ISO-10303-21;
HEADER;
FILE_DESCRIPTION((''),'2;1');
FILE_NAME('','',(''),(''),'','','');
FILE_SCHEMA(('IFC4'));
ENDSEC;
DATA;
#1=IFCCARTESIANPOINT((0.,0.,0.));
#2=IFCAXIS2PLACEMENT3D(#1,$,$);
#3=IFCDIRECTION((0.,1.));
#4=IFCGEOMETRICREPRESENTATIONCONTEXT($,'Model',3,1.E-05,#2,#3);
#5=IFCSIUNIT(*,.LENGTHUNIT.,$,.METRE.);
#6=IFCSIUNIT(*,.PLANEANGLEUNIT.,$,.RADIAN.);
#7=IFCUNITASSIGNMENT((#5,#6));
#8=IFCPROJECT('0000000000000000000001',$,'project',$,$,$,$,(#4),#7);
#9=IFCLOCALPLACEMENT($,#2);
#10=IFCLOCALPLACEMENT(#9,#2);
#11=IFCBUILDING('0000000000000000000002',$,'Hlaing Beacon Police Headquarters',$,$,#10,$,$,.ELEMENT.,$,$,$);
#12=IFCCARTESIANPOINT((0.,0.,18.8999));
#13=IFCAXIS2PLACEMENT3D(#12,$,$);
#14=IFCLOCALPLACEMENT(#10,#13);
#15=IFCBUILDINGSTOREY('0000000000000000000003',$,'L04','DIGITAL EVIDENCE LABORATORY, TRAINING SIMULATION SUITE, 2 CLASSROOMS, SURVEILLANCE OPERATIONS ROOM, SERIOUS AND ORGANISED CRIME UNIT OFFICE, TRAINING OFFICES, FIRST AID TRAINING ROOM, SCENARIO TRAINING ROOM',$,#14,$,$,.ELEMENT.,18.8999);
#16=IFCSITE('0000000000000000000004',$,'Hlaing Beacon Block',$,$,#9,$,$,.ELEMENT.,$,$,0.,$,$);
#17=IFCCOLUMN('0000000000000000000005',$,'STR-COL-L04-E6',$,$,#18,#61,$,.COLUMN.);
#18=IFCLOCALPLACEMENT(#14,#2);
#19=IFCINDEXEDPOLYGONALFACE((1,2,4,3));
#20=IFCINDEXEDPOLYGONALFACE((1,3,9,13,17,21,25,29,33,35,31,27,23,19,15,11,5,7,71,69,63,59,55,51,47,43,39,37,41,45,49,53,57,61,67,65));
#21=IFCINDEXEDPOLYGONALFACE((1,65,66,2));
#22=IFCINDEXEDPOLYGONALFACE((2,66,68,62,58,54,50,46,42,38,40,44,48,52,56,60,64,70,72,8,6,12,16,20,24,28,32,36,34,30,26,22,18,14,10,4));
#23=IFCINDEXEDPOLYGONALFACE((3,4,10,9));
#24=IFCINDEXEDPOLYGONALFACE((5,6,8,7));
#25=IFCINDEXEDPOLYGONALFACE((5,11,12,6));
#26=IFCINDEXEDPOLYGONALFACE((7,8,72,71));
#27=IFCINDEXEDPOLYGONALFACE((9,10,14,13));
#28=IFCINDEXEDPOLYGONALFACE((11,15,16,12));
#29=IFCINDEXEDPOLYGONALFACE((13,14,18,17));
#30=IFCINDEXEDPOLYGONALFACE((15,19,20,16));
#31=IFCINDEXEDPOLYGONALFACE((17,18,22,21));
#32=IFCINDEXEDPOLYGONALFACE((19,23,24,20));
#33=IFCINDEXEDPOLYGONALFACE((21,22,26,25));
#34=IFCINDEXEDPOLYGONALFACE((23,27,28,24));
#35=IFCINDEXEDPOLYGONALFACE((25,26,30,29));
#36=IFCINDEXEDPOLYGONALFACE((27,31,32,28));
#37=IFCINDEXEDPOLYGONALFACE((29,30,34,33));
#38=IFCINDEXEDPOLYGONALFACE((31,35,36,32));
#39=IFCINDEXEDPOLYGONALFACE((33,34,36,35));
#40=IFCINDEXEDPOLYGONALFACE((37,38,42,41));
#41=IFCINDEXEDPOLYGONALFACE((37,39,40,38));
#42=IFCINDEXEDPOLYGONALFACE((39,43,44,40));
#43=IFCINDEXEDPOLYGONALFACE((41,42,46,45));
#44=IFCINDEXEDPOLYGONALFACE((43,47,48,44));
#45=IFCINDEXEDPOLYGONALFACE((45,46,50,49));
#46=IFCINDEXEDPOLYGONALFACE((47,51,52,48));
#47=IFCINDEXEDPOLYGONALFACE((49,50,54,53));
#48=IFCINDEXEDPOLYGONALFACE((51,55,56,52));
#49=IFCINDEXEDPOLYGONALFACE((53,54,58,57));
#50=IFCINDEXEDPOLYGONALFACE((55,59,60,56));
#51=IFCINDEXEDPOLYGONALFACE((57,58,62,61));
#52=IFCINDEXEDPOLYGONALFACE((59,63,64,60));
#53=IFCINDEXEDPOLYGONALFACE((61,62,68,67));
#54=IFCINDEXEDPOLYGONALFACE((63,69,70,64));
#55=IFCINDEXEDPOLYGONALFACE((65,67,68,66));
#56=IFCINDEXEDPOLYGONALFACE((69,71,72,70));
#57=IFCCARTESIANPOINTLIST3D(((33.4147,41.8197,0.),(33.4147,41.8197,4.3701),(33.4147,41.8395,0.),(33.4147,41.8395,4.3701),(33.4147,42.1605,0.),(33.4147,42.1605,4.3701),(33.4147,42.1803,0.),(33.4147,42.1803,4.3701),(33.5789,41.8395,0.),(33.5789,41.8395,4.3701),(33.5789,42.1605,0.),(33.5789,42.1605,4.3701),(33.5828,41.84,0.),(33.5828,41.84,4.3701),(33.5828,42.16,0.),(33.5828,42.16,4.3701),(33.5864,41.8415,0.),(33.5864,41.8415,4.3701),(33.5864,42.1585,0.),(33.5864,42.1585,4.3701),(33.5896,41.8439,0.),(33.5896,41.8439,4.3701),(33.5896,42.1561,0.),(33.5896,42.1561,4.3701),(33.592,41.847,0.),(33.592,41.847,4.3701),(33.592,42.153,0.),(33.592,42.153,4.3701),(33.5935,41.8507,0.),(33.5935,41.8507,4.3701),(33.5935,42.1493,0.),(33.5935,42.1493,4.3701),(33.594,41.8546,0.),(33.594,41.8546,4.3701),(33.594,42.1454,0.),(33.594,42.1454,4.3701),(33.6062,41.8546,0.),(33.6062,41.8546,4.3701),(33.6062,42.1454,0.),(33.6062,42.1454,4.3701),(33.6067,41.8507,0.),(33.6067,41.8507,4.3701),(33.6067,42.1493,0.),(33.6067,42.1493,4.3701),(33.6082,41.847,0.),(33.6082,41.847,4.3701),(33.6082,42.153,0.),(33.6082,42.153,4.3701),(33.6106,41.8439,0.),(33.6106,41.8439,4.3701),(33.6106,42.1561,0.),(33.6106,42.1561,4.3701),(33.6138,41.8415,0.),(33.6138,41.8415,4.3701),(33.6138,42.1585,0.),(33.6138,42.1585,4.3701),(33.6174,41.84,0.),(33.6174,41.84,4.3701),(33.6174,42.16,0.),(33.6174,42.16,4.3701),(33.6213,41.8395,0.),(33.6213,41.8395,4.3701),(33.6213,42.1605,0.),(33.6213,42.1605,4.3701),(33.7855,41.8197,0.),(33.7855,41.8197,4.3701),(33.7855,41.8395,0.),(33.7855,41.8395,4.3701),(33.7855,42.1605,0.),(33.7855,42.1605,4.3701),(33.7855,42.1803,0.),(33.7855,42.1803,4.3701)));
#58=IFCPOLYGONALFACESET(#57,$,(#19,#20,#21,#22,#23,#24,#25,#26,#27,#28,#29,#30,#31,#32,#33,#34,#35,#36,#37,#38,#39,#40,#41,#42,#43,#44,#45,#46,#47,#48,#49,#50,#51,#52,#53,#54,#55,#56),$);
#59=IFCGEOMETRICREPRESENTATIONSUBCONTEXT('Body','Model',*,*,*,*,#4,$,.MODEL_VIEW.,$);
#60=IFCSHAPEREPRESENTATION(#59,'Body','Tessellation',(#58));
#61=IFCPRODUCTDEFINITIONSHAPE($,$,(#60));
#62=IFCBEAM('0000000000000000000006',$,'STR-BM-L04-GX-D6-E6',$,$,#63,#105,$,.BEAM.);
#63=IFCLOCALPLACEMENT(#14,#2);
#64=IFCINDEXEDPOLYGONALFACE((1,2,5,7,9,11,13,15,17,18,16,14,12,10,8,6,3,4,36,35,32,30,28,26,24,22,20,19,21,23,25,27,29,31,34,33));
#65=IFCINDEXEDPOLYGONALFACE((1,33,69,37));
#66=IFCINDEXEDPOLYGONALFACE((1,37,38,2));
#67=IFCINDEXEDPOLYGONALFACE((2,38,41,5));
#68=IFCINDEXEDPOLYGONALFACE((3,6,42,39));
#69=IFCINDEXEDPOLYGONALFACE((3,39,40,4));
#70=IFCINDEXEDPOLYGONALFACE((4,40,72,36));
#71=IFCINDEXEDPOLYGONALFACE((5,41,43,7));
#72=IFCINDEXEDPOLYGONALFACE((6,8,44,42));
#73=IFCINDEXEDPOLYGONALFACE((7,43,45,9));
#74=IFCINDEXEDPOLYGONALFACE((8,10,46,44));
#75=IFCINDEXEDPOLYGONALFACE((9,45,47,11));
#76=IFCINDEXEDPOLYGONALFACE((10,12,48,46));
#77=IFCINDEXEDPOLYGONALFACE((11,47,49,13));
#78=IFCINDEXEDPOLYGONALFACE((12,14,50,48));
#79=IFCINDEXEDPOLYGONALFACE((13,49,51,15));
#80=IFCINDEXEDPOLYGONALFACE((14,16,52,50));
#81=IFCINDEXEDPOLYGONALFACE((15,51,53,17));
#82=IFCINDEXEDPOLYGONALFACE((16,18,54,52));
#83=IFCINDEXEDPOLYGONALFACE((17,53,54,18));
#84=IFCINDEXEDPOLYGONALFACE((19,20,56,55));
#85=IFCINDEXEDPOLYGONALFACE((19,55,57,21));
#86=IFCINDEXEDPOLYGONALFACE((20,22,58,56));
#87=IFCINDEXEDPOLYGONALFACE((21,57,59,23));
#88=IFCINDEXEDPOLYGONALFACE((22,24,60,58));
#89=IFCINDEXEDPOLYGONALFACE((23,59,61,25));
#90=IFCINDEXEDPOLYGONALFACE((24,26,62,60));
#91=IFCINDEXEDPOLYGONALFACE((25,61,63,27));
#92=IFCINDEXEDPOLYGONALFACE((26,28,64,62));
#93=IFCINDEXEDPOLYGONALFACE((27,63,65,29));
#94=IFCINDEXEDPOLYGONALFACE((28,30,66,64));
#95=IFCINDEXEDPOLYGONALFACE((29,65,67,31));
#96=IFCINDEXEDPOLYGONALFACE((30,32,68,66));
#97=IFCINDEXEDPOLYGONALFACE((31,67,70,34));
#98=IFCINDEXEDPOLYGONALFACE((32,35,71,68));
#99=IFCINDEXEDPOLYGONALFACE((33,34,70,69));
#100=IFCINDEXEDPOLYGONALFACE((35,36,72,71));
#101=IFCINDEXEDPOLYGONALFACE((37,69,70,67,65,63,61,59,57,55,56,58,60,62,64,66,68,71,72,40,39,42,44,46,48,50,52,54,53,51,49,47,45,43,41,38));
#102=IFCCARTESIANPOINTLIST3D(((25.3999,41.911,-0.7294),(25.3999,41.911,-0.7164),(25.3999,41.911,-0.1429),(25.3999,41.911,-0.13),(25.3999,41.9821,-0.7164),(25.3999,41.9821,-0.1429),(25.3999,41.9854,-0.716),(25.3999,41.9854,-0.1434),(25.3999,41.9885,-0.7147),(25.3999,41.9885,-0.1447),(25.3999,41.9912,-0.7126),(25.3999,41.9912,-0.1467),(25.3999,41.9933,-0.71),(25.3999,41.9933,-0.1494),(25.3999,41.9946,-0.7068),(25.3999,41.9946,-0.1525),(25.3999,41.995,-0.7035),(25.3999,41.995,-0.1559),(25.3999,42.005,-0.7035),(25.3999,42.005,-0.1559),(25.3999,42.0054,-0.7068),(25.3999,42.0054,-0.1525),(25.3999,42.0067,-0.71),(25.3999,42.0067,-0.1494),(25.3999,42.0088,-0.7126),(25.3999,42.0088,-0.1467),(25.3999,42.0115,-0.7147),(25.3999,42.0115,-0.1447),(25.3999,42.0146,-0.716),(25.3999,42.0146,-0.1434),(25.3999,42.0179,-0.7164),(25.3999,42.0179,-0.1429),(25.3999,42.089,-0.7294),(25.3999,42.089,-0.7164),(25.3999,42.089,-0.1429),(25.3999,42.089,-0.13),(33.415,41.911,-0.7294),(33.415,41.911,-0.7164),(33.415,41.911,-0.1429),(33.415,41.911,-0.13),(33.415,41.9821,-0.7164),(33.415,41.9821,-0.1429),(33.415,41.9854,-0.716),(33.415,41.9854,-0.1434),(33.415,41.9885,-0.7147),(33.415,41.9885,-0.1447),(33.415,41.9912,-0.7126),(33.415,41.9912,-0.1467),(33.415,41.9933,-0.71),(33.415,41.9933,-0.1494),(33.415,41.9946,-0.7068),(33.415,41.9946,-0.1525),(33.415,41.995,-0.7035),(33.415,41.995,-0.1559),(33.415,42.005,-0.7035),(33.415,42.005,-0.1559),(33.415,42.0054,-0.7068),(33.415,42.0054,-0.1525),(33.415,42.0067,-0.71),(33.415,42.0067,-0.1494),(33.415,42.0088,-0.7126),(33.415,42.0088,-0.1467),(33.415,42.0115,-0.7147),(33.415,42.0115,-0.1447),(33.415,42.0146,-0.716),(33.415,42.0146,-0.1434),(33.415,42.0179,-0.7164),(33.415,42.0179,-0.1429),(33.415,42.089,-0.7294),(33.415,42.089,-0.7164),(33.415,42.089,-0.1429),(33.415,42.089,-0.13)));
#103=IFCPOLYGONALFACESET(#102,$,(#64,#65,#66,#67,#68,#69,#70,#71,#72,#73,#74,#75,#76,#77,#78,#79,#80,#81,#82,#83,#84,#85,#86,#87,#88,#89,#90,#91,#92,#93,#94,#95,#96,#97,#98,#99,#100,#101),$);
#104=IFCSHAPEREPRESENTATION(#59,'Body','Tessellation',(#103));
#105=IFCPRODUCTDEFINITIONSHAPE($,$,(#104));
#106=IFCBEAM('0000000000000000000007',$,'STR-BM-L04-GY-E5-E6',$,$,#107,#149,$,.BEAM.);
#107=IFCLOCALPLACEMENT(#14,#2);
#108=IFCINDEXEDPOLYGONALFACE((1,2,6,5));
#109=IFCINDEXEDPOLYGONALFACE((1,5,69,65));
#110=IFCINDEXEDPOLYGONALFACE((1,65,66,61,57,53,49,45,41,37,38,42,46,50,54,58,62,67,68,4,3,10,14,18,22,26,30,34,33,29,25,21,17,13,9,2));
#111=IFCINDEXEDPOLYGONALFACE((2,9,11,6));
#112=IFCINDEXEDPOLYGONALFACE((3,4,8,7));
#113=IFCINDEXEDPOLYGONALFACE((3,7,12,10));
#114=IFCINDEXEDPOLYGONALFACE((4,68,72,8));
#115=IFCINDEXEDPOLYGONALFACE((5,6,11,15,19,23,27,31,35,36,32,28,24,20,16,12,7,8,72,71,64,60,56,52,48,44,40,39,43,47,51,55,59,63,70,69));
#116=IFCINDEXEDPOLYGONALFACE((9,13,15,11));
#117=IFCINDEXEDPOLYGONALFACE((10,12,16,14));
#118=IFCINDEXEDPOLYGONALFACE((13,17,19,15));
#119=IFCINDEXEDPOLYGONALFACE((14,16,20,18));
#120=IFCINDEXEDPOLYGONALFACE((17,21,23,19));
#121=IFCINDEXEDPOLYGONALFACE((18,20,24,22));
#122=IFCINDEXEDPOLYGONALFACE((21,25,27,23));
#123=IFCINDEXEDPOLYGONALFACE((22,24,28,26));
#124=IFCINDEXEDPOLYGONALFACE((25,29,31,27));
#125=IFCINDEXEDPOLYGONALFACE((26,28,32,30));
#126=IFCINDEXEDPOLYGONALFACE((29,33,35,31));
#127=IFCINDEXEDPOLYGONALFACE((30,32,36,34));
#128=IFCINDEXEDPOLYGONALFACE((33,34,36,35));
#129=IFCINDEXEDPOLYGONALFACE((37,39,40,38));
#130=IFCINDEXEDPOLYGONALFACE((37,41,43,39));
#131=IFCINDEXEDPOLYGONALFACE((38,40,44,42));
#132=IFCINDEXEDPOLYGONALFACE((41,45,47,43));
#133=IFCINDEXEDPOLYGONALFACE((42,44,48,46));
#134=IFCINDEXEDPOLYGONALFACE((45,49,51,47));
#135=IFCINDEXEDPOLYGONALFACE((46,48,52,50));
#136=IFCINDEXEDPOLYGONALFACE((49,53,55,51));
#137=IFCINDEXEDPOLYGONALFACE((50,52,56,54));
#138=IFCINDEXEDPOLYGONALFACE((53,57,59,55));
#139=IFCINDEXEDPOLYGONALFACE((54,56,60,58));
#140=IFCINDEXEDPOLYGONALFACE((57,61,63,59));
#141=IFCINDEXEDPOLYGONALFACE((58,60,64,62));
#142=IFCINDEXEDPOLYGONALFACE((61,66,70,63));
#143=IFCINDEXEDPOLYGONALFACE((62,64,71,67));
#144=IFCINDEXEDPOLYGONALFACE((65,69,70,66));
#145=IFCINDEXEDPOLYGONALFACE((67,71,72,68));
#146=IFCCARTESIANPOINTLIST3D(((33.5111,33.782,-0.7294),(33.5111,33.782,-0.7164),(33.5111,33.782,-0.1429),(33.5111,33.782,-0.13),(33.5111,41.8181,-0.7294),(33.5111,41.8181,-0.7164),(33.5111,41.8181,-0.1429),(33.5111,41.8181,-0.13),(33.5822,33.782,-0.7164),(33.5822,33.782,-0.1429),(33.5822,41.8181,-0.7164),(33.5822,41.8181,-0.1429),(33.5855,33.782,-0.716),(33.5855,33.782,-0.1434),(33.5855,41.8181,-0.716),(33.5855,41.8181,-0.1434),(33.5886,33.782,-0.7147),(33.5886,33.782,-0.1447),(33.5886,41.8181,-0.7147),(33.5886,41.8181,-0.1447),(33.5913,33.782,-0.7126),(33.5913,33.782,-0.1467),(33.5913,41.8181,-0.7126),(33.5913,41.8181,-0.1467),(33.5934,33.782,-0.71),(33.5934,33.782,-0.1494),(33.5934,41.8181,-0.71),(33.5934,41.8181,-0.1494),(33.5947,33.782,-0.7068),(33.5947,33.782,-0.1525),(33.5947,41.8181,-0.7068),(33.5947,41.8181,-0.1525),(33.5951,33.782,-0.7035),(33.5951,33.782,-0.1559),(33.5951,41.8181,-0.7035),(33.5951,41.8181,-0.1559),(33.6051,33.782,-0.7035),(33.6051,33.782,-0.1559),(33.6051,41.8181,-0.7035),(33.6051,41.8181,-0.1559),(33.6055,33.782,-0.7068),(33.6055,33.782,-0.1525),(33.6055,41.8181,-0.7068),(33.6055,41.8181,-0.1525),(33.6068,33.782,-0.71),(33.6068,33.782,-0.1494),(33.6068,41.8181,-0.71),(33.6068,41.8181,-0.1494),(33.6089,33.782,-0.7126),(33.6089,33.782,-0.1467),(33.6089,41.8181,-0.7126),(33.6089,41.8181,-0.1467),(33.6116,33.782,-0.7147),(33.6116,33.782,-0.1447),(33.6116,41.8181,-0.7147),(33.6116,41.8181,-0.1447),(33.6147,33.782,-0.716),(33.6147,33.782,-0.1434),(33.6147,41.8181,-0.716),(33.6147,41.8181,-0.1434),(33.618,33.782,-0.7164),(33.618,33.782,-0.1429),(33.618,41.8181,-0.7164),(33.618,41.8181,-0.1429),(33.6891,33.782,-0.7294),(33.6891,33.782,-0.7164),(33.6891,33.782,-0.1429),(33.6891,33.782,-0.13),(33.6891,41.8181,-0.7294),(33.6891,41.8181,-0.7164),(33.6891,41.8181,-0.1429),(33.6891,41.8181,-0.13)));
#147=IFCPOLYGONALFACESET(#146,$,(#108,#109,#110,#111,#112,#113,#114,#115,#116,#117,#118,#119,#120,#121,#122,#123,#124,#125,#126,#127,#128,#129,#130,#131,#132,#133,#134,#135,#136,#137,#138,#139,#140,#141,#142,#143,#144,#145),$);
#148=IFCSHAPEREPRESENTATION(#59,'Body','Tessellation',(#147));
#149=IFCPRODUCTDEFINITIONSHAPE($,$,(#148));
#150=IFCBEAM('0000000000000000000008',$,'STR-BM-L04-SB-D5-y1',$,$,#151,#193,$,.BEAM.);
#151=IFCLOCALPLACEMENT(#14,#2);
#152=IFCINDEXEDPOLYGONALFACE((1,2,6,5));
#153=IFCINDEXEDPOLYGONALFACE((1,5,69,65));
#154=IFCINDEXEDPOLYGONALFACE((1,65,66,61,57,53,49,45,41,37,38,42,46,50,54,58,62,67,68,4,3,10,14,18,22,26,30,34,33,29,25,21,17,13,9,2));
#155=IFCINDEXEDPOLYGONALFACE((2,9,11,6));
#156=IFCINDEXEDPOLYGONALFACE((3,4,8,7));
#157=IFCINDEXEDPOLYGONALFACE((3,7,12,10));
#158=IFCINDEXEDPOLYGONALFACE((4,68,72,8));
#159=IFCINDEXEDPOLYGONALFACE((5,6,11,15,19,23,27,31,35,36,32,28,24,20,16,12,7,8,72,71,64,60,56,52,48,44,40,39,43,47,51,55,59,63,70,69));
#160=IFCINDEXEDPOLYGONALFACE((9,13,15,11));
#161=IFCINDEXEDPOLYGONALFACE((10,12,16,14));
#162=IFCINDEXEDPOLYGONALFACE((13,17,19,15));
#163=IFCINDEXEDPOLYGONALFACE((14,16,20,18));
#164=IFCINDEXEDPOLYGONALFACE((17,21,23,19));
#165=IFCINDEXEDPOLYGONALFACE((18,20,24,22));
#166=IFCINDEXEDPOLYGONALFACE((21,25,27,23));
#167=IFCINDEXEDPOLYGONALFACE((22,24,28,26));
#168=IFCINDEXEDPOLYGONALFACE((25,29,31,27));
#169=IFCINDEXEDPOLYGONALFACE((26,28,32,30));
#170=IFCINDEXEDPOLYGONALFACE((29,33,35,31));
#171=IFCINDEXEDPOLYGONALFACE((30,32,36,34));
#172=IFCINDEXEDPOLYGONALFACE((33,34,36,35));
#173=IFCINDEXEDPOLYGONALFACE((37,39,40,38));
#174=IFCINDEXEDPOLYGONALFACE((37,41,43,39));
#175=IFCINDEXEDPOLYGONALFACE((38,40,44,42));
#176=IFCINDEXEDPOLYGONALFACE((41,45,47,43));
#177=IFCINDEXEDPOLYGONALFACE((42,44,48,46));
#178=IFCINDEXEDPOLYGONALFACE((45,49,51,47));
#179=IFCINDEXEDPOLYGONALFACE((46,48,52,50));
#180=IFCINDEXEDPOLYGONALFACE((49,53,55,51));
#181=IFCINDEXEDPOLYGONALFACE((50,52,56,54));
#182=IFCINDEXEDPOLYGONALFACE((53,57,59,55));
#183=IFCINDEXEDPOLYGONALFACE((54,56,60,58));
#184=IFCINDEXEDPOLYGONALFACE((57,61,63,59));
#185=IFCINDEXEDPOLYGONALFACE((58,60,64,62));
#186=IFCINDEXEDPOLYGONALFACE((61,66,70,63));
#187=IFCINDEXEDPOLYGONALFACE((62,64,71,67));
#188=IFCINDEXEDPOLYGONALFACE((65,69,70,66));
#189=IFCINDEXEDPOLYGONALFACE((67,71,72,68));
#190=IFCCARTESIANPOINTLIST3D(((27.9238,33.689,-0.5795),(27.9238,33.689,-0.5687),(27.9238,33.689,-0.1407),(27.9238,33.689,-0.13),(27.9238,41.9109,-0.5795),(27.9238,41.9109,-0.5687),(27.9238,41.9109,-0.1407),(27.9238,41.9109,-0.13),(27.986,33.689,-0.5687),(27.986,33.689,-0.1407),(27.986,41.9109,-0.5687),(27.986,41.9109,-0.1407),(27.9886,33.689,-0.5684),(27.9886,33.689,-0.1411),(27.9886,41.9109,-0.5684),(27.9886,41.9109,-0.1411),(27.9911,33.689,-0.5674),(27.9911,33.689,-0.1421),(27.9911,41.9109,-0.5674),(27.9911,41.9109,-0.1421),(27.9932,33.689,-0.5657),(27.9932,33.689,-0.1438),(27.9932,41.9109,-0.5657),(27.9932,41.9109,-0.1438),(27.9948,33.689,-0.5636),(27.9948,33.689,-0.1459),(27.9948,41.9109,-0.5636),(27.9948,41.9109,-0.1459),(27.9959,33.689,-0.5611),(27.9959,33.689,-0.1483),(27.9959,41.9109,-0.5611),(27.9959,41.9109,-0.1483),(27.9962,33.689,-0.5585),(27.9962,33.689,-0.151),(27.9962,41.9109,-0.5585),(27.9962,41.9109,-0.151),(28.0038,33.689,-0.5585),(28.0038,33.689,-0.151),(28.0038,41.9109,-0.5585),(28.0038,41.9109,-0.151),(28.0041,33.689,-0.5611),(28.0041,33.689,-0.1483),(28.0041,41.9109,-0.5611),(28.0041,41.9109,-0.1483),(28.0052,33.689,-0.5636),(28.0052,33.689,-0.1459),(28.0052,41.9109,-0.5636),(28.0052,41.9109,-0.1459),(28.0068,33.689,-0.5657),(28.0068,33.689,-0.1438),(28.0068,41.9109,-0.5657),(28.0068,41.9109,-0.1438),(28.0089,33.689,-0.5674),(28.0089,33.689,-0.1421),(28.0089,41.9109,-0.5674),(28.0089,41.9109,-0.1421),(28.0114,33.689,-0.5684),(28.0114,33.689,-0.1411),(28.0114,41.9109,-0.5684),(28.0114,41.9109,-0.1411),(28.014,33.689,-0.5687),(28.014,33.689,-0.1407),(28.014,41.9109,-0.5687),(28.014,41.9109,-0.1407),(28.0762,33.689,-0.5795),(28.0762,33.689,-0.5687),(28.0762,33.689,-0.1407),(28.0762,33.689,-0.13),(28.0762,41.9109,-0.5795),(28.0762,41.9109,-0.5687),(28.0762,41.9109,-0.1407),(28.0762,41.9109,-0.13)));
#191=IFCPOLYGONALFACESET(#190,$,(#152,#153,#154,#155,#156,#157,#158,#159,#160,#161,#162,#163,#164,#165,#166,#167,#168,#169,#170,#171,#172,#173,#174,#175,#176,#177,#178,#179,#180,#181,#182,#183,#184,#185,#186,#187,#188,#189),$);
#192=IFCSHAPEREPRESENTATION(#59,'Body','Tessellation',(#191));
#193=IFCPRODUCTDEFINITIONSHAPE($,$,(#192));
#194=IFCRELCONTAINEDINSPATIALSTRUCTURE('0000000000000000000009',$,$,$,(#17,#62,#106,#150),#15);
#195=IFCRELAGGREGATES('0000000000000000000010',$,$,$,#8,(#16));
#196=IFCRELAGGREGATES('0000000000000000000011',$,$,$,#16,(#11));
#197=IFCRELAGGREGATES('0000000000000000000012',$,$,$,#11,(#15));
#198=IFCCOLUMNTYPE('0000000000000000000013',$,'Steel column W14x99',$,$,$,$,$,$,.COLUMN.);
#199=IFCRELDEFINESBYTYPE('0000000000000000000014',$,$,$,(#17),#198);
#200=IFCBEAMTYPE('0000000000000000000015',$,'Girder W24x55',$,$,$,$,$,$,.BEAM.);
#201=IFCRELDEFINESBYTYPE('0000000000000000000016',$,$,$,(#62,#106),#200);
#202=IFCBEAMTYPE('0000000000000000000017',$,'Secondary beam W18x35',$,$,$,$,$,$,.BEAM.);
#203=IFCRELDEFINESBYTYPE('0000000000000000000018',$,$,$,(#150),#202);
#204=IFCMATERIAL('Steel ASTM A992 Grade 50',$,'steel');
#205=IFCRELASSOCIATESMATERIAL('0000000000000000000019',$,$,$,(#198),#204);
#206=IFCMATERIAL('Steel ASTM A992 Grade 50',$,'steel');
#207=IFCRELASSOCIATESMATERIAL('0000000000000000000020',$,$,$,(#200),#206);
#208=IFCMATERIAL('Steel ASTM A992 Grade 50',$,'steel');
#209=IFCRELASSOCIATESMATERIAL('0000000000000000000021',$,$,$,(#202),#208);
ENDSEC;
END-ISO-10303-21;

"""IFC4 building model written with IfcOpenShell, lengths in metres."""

from ifc_helpers import new_model, si_unit, direction, frame, origin, origin_2d, place, context, subcontext, project, spatial, i_section, extrude, material, material_profile, profile_set, type_object, element, save


model = new_model("IFC4")

# Units and contexts
model_context = context("Model", 3, precision=1e-05, world=origin(), true_north=direction((0.0, 1.0)))
body_context = subcontext(model_context, "Body", "Model", "MODEL_VIEW")
ifc_project = project(units=[si_unit("LENGTHUNIT", "METRE"), si_unit("PLANEANGLEUNIT", "RADIAN")], contexts=[model_context])

# Site, building, storey
site_placement = place(None, origin())
site = spatial("IfcSite", under=ifc_project, at=site_placement, Name="Hlaing Beacon Block", CompositionType="ELEMENT", RefElevation=0.0)
building_placement = place(site_placement, origin())
building = spatial("IfcBuilding", under=site, at=building_placement, Name="Hlaing Beacon Police Headquarters", CompositionType="ELEMENT")
storey_placement = place(building_placement, frame((0.0, 0.0, 18.8999)))
storey = spatial("IfcBuildingStorey", under=building, at=storey_placement, Name="L04", Description="DIGITAL EVIDENCE LABORATORY, TRAINING SIMULATION SUITE, 2 CLASSROOMS, SURVEILLANCE OPERATIONS ROOM, SERIOUS AND ORGANISED CRIME UNIT OFFICE, TRAINING OFFICES, FIRST AID TRAINING ROOM, SCENARIO TRAINING ROOM", CompositionType="ELEMENT", Elevation=18.8999)

# Column
ifc_material_1 = material(Name="Steel ASTM A992 Grade 50", Category="steel")
ifc_material_profile_1 = material_profile(ifc_material_1, i_section(OverallWidth=0.3708, OverallDepth=0.3606, WebThickness=0.0122, FlangeThickness=0.0198, FilletRadius=0.0151, at=origin_2d()), Name="W14x99")
ifc_profile_set_1 = profile_set([ifc_material_profile_1], Name="Steel ASTM A992 Grade 50")
column_type = type_object("IfcColumnType", Name="Steel column W14x99", PredefinedType="COLUMN", material=ifc_profile_set_1)
column_placement = place(storey_placement, frame((33.6001, 42.0, 0.0), z_axis=(0.0, 0.0, 1.0), x_axis=(1.0, 0.0, 0.0)))
element("IfcColumn", 1, at=column_placement, inside=storey, type_object=column_type, Name="STR-COL-L04-E6", PredefinedType="COLUMN", context=body_context, shape_type="SweptSolid", body=[
    extrude(i_section(OverallWidth=0.3708, OverallDepth=0.3606, WebThickness=0.0122, FlangeThickness=0.0198, FilletRadius=0.0151, at=origin_2d()), origin(), (0.0, 0.0, 1.0), 4.3701),
])

# Beams
ifc_material_2 = material(Name="Steel ASTM A992 Grade 50", Category="steel")
ifc_material_profile_2 = material_profile(ifc_material_2, i_section(OverallWidth=0.178, OverallDepth=0.5994, WebThickness=0.01, FlangeThickness=0.0129, FilletRadius=0.0129, at=origin_2d()), Name="W24x55")
ifc_profile_set_2 = profile_set([ifc_material_profile_2], Name="Steel ASTM A992 Grade 50")
beam_type_1 = type_object("IfcBeamType", Name="Girder W24x55", PredefinedType="BEAM", material=ifc_profile_set_2)
beam_1_placement = place(storey_placement, frame((25.3999, 42.0, -0.4297), z_axis=(1.0, 0.0, 0.0), x_axis=(0.0, 1.0, 0.0)))
element("IfcBeam", 2, at=beam_1_placement, inside=storey, type_object=beam_type_1, Name="STR-BM-L04-GX-D6-E6", PredefinedType="BEAM", context=body_context, shape_type="SweptSolid", body=[
    extrude(i_section(OverallWidth=0.178, OverallDepth=0.5994, WebThickness=0.01, FlangeThickness=0.0129, FilletRadius=0.0129, at=origin_2d()), origin(), (0.0, 0.0, 1.0), 8.0151),
])
beam_2_placement = place(storey_placement, frame((33.6001, 33.782, -0.4297), z_axis=(0.0, 1.0, 0.0), x_axis=(-1.0, 0.0, 0.0)))
element("IfcBeam", 3, at=beam_2_placement, inside=storey, type_object=beam_type_1, Name="STR-BM-L04-GY-E5-E6", PredefinedType="BEAM", context=body_context, shape_type="SweptSolid", body=[
    extrude(i_section(OverallWidth=0.178, OverallDepth=0.5994, WebThickness=0.01, FlangeThickness=0.0129, FilletRadius=0.0129, at=origin_2d()), origin(), (0.0, 0.0, 1.0), 8.0361),
])
ifc_material_3 = material(Name="Steel ASTM A992 Grade 50", Category="steel")
ifc_material_profile_3 = material_profile(ifc_material_3, i_section(OverallWidth=0.1523, OverallDepth=0.4495, WebThickness=0.0076, FlangeThickness=0.0107, FilletRadius=0.0103, at=origin_2d()), Name="W18x35")
ifc_profile_set_3 = profile_set([ifc_material_profile_3], Name="Steel ASTM A992 Grade 50")
beam_type_2 = type_object("IfcBeamType", Name="Secondary beam W18x35", PredefinedType="BEAM", material=ifc_profile_set_3)
for number, where, z_axis, x_axis, name in (
    (4, (28.0, 33.689, -0.3547), (0.0, 1.0, 0.0), (-1.0, 0.0, 0.0), "STR-BM-L04-SB-D5-y1"),
):
    element("IfcBeam", number, at=place(storey_placement, frame(where, z_axis=z_axis, x_axis=x_axis)), inside=storey, type_object=beam_type_2, Name=name, PredefinedType="BEAM", context=body_context, shape_type="SweptSolid", body=[
        extrude(i_section(OverallWidth=0.1523, OverallDepth=0.4495, WebThickness=0.0076, FlangeThickness=0.0107, FilletRadius=0.0103, at=origin_2d()), origin(), (0.0, 0.0, 1.0), 8.2219),
    ])

save(model, "model.ifc")
